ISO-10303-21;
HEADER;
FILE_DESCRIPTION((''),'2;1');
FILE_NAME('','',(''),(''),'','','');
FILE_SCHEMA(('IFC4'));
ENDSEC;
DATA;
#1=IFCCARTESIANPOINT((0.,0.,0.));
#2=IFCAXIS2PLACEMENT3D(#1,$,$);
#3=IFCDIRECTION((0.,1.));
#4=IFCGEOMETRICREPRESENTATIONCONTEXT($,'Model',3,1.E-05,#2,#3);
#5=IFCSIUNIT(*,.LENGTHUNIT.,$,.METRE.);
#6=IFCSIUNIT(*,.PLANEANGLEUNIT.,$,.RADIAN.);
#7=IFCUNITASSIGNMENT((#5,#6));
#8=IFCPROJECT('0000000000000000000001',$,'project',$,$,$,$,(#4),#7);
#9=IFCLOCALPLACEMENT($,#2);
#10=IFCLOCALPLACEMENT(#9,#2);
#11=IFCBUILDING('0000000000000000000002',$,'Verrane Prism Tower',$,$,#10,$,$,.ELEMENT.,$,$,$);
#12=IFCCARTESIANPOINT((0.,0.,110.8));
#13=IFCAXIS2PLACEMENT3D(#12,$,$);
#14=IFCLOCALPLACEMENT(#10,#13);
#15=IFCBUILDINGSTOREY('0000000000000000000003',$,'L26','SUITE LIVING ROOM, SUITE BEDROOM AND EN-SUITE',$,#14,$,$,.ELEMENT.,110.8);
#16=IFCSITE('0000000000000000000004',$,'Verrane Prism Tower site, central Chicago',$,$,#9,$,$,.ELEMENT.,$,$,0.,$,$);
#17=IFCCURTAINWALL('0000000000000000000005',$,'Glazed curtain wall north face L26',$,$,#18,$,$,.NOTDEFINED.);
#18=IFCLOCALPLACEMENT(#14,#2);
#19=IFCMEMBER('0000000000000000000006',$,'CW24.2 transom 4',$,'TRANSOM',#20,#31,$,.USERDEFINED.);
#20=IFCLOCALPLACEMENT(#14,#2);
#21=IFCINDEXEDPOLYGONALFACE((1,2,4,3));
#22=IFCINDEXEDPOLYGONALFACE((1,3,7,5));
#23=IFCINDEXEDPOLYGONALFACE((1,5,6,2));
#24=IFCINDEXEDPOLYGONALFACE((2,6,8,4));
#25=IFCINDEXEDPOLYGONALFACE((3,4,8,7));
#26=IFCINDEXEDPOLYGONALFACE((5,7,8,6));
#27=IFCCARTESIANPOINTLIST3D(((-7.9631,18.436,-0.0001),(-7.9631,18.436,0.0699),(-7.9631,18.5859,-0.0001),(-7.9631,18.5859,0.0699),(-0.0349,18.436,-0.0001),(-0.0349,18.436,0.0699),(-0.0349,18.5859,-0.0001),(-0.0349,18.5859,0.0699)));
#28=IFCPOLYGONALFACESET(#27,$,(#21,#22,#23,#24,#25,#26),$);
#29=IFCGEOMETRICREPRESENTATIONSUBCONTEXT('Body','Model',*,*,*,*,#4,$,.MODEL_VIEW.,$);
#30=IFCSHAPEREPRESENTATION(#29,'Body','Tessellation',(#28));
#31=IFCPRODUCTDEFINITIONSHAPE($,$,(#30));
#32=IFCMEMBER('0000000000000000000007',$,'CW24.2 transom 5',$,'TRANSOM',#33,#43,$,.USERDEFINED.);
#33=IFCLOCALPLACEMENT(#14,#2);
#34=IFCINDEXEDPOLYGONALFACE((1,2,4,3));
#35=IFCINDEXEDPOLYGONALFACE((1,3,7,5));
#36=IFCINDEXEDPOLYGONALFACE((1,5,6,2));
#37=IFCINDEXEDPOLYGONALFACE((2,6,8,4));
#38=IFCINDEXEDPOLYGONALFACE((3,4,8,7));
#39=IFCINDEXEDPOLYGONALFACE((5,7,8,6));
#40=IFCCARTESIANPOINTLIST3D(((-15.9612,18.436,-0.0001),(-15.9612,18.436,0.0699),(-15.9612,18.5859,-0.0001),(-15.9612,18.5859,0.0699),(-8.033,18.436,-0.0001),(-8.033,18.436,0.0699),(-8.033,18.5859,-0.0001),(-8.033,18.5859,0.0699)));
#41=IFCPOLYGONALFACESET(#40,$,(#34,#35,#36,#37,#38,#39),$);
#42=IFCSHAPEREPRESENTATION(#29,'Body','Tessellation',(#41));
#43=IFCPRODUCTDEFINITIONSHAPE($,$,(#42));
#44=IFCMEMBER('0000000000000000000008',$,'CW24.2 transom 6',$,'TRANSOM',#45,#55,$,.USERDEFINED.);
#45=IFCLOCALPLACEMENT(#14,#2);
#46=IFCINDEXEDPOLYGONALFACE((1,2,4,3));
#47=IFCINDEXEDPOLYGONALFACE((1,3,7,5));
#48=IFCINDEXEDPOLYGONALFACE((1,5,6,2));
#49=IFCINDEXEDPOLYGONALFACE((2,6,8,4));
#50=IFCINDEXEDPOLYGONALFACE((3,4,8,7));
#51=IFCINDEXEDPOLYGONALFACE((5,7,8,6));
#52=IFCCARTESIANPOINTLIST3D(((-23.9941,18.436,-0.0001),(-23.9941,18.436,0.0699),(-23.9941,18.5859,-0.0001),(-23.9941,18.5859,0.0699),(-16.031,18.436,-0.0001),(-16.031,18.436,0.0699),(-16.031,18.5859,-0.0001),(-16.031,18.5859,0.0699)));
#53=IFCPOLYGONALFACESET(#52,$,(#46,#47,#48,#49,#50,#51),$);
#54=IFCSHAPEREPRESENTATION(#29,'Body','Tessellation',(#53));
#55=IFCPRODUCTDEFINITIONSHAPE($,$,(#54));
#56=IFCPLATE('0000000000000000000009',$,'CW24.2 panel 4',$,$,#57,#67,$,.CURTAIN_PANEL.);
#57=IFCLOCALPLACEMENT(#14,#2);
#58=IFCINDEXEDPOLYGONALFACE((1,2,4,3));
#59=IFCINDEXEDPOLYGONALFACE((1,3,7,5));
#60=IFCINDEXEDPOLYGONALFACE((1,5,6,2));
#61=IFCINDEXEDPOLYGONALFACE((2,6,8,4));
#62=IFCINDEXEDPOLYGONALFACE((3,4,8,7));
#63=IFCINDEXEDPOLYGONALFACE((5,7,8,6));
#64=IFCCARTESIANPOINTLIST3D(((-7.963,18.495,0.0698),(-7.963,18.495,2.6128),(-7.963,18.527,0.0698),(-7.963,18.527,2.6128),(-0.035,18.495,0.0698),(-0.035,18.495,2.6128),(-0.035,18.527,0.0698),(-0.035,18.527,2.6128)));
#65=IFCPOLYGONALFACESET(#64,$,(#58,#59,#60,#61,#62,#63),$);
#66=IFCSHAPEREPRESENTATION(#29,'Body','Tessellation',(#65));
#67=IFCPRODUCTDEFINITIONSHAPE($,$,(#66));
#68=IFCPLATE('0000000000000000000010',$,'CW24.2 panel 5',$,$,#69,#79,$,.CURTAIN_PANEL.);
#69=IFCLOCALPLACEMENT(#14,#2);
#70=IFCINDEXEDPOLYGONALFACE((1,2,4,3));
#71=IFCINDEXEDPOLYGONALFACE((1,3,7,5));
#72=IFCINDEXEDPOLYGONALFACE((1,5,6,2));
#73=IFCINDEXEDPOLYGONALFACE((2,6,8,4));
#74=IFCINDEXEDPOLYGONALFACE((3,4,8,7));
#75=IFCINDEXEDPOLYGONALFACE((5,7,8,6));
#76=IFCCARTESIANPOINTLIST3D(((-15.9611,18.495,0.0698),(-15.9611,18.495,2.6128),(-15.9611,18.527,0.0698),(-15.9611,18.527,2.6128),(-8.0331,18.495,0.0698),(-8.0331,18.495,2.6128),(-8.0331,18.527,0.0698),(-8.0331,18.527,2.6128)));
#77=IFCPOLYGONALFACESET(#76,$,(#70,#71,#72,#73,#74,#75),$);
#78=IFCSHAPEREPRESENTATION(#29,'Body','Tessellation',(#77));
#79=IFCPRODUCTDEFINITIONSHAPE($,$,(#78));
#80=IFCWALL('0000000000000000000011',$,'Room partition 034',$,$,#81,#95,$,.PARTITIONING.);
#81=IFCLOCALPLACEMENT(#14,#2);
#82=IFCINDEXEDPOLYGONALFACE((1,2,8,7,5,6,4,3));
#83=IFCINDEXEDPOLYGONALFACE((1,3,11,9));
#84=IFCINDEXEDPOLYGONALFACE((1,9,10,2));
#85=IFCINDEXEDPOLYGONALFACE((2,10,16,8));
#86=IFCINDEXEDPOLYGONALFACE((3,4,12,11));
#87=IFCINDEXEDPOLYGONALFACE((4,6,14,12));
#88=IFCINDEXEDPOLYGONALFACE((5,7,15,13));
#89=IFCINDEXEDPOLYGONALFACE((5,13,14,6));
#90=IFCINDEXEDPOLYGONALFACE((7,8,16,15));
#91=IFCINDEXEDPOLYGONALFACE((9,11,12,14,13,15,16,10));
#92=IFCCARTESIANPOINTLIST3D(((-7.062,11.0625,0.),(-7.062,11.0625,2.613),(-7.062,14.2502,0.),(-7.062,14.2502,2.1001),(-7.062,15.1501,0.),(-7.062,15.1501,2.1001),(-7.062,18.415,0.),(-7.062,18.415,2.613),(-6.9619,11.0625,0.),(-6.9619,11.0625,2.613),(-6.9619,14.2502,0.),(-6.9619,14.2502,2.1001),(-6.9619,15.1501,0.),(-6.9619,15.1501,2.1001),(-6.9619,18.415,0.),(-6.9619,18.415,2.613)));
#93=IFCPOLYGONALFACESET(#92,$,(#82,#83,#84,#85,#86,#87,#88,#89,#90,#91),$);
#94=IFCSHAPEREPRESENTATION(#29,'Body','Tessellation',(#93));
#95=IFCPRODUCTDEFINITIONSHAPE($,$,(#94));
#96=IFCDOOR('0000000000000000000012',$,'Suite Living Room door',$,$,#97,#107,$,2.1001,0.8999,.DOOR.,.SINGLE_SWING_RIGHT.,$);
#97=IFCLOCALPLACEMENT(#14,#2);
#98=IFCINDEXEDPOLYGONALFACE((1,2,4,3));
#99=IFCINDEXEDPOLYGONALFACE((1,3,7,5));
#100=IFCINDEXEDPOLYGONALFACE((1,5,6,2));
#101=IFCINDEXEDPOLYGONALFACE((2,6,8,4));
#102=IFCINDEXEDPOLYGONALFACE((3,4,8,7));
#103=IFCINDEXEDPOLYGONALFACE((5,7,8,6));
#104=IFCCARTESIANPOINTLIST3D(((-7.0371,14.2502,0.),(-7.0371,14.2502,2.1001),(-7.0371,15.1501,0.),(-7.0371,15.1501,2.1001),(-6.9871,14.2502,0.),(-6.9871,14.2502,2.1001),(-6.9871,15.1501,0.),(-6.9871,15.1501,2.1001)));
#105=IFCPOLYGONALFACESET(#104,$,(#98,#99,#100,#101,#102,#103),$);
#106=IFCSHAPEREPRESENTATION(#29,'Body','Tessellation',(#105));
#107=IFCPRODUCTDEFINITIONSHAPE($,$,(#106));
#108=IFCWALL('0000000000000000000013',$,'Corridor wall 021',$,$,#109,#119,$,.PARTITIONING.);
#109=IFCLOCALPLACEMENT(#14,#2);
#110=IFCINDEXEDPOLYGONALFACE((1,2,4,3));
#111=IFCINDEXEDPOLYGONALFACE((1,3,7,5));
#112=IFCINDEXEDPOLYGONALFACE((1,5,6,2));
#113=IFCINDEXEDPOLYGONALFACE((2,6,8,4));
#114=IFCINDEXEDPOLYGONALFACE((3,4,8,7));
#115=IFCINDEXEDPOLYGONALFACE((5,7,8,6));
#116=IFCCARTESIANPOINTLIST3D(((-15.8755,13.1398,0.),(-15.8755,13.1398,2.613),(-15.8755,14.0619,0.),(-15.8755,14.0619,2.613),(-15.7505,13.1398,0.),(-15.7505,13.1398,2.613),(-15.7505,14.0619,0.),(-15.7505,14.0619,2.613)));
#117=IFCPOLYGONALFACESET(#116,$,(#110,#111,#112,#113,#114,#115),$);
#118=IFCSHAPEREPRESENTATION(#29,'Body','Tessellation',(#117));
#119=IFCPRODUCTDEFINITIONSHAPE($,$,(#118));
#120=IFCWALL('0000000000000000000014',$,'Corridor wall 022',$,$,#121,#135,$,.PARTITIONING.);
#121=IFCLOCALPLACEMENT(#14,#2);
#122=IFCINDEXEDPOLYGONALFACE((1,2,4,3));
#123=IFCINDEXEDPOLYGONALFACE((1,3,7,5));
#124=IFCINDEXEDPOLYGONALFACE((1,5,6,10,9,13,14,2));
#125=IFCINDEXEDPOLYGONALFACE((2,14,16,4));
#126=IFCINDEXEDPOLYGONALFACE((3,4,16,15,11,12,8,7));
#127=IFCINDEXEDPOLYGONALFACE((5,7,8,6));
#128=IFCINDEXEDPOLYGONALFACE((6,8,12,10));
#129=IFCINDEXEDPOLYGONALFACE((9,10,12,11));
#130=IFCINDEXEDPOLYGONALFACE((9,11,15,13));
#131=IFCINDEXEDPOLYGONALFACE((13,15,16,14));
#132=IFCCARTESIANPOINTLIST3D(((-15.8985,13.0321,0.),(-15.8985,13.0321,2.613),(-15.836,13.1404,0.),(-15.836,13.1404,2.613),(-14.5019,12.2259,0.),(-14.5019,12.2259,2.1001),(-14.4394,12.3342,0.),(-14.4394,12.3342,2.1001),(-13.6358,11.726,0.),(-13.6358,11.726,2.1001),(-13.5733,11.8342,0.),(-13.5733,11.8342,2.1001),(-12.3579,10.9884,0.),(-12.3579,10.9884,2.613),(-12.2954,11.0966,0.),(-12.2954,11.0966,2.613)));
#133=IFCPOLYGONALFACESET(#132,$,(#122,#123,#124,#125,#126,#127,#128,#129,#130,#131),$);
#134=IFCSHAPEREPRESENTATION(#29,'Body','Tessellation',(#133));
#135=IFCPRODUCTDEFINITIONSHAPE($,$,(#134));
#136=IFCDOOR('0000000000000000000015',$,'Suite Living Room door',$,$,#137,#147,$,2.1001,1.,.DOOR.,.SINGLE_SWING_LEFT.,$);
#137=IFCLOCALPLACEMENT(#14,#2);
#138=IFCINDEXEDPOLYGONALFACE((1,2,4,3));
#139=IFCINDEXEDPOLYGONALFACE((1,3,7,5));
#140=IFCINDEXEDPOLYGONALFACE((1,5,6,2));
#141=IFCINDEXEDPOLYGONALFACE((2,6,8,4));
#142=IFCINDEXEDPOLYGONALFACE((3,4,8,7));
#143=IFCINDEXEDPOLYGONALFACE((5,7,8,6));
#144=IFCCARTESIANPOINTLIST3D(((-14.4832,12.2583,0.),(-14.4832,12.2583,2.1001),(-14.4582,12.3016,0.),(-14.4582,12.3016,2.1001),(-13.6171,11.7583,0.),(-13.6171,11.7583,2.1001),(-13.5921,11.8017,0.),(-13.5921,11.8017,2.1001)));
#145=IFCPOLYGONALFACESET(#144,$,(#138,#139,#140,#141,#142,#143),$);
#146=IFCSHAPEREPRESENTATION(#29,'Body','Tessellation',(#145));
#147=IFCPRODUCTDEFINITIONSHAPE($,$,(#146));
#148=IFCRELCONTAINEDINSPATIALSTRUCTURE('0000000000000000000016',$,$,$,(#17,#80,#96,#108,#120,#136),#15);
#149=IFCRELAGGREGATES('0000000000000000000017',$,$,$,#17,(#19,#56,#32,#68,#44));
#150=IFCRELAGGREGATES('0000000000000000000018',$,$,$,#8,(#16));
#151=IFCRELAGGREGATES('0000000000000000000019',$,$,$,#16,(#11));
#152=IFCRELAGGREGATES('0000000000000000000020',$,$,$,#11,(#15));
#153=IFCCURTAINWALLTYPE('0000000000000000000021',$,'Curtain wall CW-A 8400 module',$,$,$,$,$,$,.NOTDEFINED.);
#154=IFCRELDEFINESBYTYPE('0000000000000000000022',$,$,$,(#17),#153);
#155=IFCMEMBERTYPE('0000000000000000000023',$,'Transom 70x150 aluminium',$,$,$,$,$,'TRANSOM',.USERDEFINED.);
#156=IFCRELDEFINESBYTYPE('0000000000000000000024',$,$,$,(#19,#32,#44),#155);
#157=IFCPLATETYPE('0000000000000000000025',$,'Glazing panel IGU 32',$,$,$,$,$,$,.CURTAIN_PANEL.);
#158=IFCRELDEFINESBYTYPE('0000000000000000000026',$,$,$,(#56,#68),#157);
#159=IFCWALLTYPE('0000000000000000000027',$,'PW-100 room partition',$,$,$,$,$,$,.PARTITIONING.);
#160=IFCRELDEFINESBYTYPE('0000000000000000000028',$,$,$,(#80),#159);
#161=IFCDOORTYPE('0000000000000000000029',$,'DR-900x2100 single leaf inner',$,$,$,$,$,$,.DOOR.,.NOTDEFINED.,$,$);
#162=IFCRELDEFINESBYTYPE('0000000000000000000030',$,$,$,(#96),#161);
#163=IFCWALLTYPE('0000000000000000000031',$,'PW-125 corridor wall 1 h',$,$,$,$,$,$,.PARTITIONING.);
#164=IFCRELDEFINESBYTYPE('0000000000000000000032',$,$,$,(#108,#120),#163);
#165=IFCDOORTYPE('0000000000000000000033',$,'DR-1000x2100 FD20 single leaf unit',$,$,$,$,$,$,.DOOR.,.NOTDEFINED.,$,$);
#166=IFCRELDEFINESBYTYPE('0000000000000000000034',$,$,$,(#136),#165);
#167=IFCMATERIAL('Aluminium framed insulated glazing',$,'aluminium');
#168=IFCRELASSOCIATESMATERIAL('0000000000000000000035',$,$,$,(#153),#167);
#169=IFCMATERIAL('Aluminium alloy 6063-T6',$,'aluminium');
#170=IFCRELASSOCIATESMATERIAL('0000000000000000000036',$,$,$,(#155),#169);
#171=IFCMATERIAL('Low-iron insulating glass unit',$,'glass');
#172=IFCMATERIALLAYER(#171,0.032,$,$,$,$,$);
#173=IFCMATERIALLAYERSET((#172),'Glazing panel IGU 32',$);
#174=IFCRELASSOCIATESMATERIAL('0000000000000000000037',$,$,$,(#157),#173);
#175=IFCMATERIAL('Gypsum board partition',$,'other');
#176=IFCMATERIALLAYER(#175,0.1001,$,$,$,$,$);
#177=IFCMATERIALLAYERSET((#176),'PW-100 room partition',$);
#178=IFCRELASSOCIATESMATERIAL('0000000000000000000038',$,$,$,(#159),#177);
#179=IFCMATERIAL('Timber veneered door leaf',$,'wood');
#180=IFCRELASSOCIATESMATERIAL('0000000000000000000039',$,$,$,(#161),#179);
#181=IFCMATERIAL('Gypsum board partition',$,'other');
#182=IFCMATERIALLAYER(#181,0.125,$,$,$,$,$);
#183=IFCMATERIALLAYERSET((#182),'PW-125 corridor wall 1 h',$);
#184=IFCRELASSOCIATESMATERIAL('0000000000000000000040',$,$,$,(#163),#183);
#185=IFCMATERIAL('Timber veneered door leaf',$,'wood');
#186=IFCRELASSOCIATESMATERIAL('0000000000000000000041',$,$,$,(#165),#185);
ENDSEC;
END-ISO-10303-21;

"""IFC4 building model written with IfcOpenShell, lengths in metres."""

from ifc_helpers import new_model, si_unit, direction, frame, frame_2d, origin, origin_2d, place, context, subcontext, project, spatial, rectangle, extrude, material, layer, layer_set, material_profile, profile_set, type_object, element, fill, aggregate, save


model = new_model("IFC4")

# Units and contexts
model_context = context("Model", 3, precision=1e-05, world=origin(), true_north=direction((0.0, 1.0)))
body_context = subcontext(model_context, "Body", "Model", "MODEL_VIEW")
ifc_project = project(units=[si_unit("LENGTHUNIT", "METRE"), si_unit("PLANEANGLEUNIT", "RADIAN")], contexts=[model_context])

# Site, building, storey
site_placement = place(None, origin())
site = spatial("IfcSite", under=ifc_project, at=site_placement, Name="Verrane Prism Tower site, central Chicago", CompositionType="ELEMENT", RefElevation=0.0)
building_placement = place(site_placement, origin())
building = spatial("IfcBuilding", under=site, at=building_placement, Name="Verrane Prism Tower", CompositionType="ELEMENT")
storey_placement = place(building_placement, frame((0.0, 0.0, 110.8)))
storey = spatial("IfcBuildingStorey", under=building, at=storey_placement, Name="L26", Description="SUITE LIVING ROOM, SUITE BEDROOM AND EN-SUITE", CompositionType="ELEMENT", Elevation=110.8)

# Curtain wall
ifc_material_1 = material(Name="Aluminium framed insulated glazing", Category="aluminium")
curtain_wall_type = type_object("IfcCurtainWallType", Name="Curtain wall CW-A 8400 module", PredefinedType="NOTDEFINED", material=ifc_material_1)
curtain_wall_placement = place(storey_placement, origin())
curtain_wall = element("IfcCurtainWall", 1, at=curtain_wall_placement, inside=storey, type_object=curtain_wall_type, Name="Glazed curtain wall north face L26", PredefinedType="NOTDEFINED")

# Members
ifc_material_2 = material(Name="Aluminium alloy 6063-T6", Category="aluminium")
ifc_material_profile_1 = material_profile(ifc_material_2, rectangle(XDim=0.1499, YDim=0.0701, at=origin_2d()), Name="Transom 70x150 aluminium")
ifc_profile_set_1 = profile_set([ifc_material_profile_1], Name="Aluminium alloy 6063-T6")
member_type_1 = type_object("IfcMemberType", Name="Transom 70x150 aluminium", ElementType="TRANSOM", PredefinedType="USERDEFINED", material=ifc_profile_set_1)
member_1_placement = place(storey_placement, frame((-0.0349, 18.511, 0.0349), z_axis=(-1.0, 0.0, 0.0), x_axis=(0.0, -1.0, 0.0)))
member_1 = element("IfcMember", 2, at=member_1_placement, type_object=member_type_1, Name="CW24.2 transom 4", ObjectType="TRANSOM", PredefinedType="USERDEFINED", context=body_context, shape_type="SweptSolid", body=[
    extrude(rectangle(XDim=0.1499, YDim=0.0701, at=origin_2d()), origin(), (0.0, 0.0, 1.0), 7.9282),
])
member_2_placement = place(storey_placement, frame((-8.033, 18.511, 0.0349), z_axis=(-1.0, 0.0, 0.0), x_axis=(0.0, -1.0, 0.0)))
member_2 = element("IfcMember", 3, at=member_2_placement, type_object=member_type_1, Name="CW24.2 transom 5", ObjectType="TRANSOM", PredefinedType="USERDEFINED", context=body_context, shape_type="SweptSolid", body=[
    extrude(rectangle(XDim=0.1499, YDim=0.0701, at=origin_2d()), origin(), (0.0, 0.0, 1.0), 7.9282),
])
member_3_placement = place(storey_placement, frame((-16.031, 18.511, 0.0349), z_axis=(-1.0, 0.0, 0.0), x_axis=(0.0, -1.0, 0.0)))
member_3 = element("IfcMember", 4, at=member_3_placement, type_object=member_type_1, Name="CW24.2 transom 6", ObjectType="TRANSOM", PredefinedType="USERDEFINED", context=body_context, shape_type="SweptSolid", body=[
    extrude(rectangle(XDim=0.1499, YDim=0.0701, at=origin_2d()), origin(), (0.0, 0.0, 1.0), 7.9631),
])

# Plates
ifc_material_3 = material(Name="Low-iron insulating glass unit", Category="glass")
ifc_layer_1 = layer(ifc_material_3, 0.032)
ifc_layer_set_1 = layer_set([ifc_layer_1], Name="Glazing panel IGU 32")
plate_type = type_object("IfcPlateType", Name="Glazing panel IGU 32", PredefinedType="CURTAIN_PANEL", material=ifc_layer_set_1)
plate_1_placement = place(storey_placement, frame((-3.999, 18.511, 0.0698), z_axis=(0.0, 0.0, 1.0), x_axis=(-1.0, 0.0, 0.0)))
plate_1 = element("IfcPlate", 5, at=plate_1_placement, type_object=plate_type, Name="CW24.2 panel 4", PredefinedType="CURTAIN_PANEL", context=body_context, shape_type="SweptSolid", body=[
    extrude(rectangle(XDim=7.928, YDim=0.032, at=origin_2d()), origin(), (0.0, 0.0, 1.0), 2.543),
])
plate_2_placement = place(storey_placement, frame((-11.9971, 18.511, 0.0698), z_axis=(0.0, 0.0, 1.0), x_axis=(-1.0, 0.0, 0.0)))
plate_2 = element("IfcPlate", 6, at=plate_2_placement, type_object=plate_type, Name="CW24.2 panel 5", PredefinedType="CURTAIN_PANEL", context=body_context, shape_type="SweptSolid", body=[
    extrude(rectangle(XDim=7.928, YDim=0.032, at=origin_2d()), origin(), (0.0, 0.0, 1.0), 2.543),
])
aggregate(curtain_wall, [member_1, plate_1, member_2, plate_2, member_3])

# Wall, opening, door
ifc_material_4 = material(Name="Gypsum board partition", Category="other")
ifc_layer_2 = layer(ifc_material_4, 0.1001)
ifc_layer_set_2 = layer_set([ifc_layer_2], Name="PW-100 room partition")
wall_type_1 = type_object("IfcWallType", Name="PW-100 room partition", PredefinedType="PARTITIONING", material=ifc_layer_set_2)
wall_1_placement = place(storey_placement, frame((-7.012, 18.415, 0.0), z_axis=(0.0, 0.0, 1.0), x_axis=(0.0, -1.0, 0.0)))
wall_1 = element("IfcWall", 7, at=wall_1_placement, inside=storey, type_object=wall_type_1, Name="Room partition 034", PredefinedType="PARTITIONING", context=body_context, shape_type="SweptSolid", body=[
    extrude(rectangle(XDim=7.3525, YDim=0.1001, at=frame_2d((3.6763, 0.0))), origin(), (0.0, 0.0, 1.0), 2.613),
])
opening_1_placement = place(wall_1_placement, frame((3.2649, 0.0, 0.0)))
opening_1 = element("IfcOpeningElement", 8, at=opening_1_placement, cuts=wall_1, PredefinedType="OPENING", context=body_context, shape_type="SweptSolid", body=[
    extrude(rectangle(XDim=0.8999, YDim=2.1001, at=frame_2d((0.45, 1.05))), frame((0.0, 0.0601, 0.0), z_axis=(0.0, -1.0, 0.0), x_axis=(1.0, 0.0, 0.0)), (0.0, 0.0, 1.0), 0.1201),
])
ifc_material_5 = material(Name="Timber veneered door leaf", Category="wood")
door_type_1 = type_object("IfcDoorType", Name="DR-900x2100 single leaf inner", OperationType="NOTDEFINED", PredefinedType="DOOR", material=ifc_material_5)
door_1_placement = place(opening_1_placement, origin())
door_1 = element("IfcDoor", 9, at=door_1_placement, inside=storey, type_object=door_type_1, Name="Suite Living Room door", OperationType="SINGLE_SWING_RIGHT", OverallHeight=2.1001, OverallWidth=0.8999, PredefinedType="DOOR", context=body_context, shape_type="SweptSolid", body=[
    extrude(rectangle(XDim=0.8999, YDim=2.1001, at=frame_2d((0.45, 1.05))), frame((0.0, 0.0249, 0.0), z_axis=(0.0, -1.0, 0.0), x_axis=(1.0, 0.0, 0.0)), (0.0, 0.0, 1.0), 0.05),
])
fill(opening_1, door_1)

# Wall
ifc_material_6 = material(Name="Gypsum board partition", Category="other")
ifc_layer_3 = layer(ifc_material_6, 0.125)
ifc_layer_set_3 = layer_set([ifc_layer_3], Name="PW-125 corridor wall 1 h")
wall_type_2 = type_object("IfcWallType", Name="PW-125 corridor wall 1 h", PredefinedType="PARTITIONING", material=ifc_layer_set_3)
wall_2_placement = place(storey_placement, frame((-15.813, 13.1399, 0.0), z_axis=(0.0, 0.0, 1.0), x_axis=(0.0, 1.0, 0.0)))
element("IfcWall", 10, at=wall_2_placement, inside=storey, type_object=wall_type_2, Name="Corridor wall 021", PredefinedType="PARTITIONING", context=body_context, shape_type="SweptSolid", body=[
    extrude(rectangle(XDim=0.9221, YDim=0.125, at=frame_2d((0.4609, 0.0))), origin(), (0.0, 0.0, 1.0), 2.613),
])

# Wall, opening, door
wall_3_placement = place(storey_placement, frame((-15.8672, 13.0862, 0.0), z_axis=(0.0, 0.0, 1.0), x_axis=(0.86607, -0.499922, 0.0)))
wall_3 = element("IfcWall", 11, at=wall_3_placement, inside=storey, type_object=wall_type_2, Name="Corridor wall 022", PredefinedType="PARTITIONING", context=body_context, shape_type="SweptSolid", body=[
    extrude(rectangle(XDim=4.0881, YDim=0.125, at=frame_2d((2.0439, 0.0))), origin(), (0.0, 0.0, 1.0), 2.613),
])
opening_2_placement = place(wall_3_placement, frame((1.6125, 0.0, 0.0)))
opening_2 = element("IfcOpeningElement", 12, at=opening_2_placement, cuts=wall_3, PredefinedType="OPENING", context=body_context, shape_type="SweptSolid", body=[
    extrude(rectangle(XDim=1.0, YDim=2.1001, at=frame_2d((0.5, 1.05))), frame((0.0, 0.0725, 0.0), z_axis=(0.0, -1.0, 0.0), x_axis=(1.0, 0.0, 0.0)), (0.0, 0.0, 1.0), 0.145),
])
ifc_material_7 = material(Name="Timber veneered door leaf", Category="wood")
door_type_2 = type_object("IfcDoorType", Name="DR-1000x2100 FD20 single leaf unit", OperationType="NOTDEFINED", PredefinedType="DOOR", material=ifc_material_7)
door_2_placement = place(opening_2_placement, origin())
door_2 = element("IfcDoor", 13, at=door_2_placement, inside=storey, type_object=door_type_2, Name="Suite Living Room door", OperationType="SINGLE_SWING_LEFT", OverallHeight=2.1001, OverallWidth=1.0, PredefinedType="DOOR", context=body_context, shape_type="SweptSolid", body=[
    extrude(rectangle(XDim=1.0, YDim=2.1001, at=frame_2d((0.5, 1.05))), frame((0.0, 0.0249, 0.0), z_axis=(0.0, -1.0, 0.0), x_axis=(1.0, 0.0, 0.0)), (0.0, 0.0, 1.0), 0.05),
])
fill(opening_2, door_2)

save(model, "model.ifc")
